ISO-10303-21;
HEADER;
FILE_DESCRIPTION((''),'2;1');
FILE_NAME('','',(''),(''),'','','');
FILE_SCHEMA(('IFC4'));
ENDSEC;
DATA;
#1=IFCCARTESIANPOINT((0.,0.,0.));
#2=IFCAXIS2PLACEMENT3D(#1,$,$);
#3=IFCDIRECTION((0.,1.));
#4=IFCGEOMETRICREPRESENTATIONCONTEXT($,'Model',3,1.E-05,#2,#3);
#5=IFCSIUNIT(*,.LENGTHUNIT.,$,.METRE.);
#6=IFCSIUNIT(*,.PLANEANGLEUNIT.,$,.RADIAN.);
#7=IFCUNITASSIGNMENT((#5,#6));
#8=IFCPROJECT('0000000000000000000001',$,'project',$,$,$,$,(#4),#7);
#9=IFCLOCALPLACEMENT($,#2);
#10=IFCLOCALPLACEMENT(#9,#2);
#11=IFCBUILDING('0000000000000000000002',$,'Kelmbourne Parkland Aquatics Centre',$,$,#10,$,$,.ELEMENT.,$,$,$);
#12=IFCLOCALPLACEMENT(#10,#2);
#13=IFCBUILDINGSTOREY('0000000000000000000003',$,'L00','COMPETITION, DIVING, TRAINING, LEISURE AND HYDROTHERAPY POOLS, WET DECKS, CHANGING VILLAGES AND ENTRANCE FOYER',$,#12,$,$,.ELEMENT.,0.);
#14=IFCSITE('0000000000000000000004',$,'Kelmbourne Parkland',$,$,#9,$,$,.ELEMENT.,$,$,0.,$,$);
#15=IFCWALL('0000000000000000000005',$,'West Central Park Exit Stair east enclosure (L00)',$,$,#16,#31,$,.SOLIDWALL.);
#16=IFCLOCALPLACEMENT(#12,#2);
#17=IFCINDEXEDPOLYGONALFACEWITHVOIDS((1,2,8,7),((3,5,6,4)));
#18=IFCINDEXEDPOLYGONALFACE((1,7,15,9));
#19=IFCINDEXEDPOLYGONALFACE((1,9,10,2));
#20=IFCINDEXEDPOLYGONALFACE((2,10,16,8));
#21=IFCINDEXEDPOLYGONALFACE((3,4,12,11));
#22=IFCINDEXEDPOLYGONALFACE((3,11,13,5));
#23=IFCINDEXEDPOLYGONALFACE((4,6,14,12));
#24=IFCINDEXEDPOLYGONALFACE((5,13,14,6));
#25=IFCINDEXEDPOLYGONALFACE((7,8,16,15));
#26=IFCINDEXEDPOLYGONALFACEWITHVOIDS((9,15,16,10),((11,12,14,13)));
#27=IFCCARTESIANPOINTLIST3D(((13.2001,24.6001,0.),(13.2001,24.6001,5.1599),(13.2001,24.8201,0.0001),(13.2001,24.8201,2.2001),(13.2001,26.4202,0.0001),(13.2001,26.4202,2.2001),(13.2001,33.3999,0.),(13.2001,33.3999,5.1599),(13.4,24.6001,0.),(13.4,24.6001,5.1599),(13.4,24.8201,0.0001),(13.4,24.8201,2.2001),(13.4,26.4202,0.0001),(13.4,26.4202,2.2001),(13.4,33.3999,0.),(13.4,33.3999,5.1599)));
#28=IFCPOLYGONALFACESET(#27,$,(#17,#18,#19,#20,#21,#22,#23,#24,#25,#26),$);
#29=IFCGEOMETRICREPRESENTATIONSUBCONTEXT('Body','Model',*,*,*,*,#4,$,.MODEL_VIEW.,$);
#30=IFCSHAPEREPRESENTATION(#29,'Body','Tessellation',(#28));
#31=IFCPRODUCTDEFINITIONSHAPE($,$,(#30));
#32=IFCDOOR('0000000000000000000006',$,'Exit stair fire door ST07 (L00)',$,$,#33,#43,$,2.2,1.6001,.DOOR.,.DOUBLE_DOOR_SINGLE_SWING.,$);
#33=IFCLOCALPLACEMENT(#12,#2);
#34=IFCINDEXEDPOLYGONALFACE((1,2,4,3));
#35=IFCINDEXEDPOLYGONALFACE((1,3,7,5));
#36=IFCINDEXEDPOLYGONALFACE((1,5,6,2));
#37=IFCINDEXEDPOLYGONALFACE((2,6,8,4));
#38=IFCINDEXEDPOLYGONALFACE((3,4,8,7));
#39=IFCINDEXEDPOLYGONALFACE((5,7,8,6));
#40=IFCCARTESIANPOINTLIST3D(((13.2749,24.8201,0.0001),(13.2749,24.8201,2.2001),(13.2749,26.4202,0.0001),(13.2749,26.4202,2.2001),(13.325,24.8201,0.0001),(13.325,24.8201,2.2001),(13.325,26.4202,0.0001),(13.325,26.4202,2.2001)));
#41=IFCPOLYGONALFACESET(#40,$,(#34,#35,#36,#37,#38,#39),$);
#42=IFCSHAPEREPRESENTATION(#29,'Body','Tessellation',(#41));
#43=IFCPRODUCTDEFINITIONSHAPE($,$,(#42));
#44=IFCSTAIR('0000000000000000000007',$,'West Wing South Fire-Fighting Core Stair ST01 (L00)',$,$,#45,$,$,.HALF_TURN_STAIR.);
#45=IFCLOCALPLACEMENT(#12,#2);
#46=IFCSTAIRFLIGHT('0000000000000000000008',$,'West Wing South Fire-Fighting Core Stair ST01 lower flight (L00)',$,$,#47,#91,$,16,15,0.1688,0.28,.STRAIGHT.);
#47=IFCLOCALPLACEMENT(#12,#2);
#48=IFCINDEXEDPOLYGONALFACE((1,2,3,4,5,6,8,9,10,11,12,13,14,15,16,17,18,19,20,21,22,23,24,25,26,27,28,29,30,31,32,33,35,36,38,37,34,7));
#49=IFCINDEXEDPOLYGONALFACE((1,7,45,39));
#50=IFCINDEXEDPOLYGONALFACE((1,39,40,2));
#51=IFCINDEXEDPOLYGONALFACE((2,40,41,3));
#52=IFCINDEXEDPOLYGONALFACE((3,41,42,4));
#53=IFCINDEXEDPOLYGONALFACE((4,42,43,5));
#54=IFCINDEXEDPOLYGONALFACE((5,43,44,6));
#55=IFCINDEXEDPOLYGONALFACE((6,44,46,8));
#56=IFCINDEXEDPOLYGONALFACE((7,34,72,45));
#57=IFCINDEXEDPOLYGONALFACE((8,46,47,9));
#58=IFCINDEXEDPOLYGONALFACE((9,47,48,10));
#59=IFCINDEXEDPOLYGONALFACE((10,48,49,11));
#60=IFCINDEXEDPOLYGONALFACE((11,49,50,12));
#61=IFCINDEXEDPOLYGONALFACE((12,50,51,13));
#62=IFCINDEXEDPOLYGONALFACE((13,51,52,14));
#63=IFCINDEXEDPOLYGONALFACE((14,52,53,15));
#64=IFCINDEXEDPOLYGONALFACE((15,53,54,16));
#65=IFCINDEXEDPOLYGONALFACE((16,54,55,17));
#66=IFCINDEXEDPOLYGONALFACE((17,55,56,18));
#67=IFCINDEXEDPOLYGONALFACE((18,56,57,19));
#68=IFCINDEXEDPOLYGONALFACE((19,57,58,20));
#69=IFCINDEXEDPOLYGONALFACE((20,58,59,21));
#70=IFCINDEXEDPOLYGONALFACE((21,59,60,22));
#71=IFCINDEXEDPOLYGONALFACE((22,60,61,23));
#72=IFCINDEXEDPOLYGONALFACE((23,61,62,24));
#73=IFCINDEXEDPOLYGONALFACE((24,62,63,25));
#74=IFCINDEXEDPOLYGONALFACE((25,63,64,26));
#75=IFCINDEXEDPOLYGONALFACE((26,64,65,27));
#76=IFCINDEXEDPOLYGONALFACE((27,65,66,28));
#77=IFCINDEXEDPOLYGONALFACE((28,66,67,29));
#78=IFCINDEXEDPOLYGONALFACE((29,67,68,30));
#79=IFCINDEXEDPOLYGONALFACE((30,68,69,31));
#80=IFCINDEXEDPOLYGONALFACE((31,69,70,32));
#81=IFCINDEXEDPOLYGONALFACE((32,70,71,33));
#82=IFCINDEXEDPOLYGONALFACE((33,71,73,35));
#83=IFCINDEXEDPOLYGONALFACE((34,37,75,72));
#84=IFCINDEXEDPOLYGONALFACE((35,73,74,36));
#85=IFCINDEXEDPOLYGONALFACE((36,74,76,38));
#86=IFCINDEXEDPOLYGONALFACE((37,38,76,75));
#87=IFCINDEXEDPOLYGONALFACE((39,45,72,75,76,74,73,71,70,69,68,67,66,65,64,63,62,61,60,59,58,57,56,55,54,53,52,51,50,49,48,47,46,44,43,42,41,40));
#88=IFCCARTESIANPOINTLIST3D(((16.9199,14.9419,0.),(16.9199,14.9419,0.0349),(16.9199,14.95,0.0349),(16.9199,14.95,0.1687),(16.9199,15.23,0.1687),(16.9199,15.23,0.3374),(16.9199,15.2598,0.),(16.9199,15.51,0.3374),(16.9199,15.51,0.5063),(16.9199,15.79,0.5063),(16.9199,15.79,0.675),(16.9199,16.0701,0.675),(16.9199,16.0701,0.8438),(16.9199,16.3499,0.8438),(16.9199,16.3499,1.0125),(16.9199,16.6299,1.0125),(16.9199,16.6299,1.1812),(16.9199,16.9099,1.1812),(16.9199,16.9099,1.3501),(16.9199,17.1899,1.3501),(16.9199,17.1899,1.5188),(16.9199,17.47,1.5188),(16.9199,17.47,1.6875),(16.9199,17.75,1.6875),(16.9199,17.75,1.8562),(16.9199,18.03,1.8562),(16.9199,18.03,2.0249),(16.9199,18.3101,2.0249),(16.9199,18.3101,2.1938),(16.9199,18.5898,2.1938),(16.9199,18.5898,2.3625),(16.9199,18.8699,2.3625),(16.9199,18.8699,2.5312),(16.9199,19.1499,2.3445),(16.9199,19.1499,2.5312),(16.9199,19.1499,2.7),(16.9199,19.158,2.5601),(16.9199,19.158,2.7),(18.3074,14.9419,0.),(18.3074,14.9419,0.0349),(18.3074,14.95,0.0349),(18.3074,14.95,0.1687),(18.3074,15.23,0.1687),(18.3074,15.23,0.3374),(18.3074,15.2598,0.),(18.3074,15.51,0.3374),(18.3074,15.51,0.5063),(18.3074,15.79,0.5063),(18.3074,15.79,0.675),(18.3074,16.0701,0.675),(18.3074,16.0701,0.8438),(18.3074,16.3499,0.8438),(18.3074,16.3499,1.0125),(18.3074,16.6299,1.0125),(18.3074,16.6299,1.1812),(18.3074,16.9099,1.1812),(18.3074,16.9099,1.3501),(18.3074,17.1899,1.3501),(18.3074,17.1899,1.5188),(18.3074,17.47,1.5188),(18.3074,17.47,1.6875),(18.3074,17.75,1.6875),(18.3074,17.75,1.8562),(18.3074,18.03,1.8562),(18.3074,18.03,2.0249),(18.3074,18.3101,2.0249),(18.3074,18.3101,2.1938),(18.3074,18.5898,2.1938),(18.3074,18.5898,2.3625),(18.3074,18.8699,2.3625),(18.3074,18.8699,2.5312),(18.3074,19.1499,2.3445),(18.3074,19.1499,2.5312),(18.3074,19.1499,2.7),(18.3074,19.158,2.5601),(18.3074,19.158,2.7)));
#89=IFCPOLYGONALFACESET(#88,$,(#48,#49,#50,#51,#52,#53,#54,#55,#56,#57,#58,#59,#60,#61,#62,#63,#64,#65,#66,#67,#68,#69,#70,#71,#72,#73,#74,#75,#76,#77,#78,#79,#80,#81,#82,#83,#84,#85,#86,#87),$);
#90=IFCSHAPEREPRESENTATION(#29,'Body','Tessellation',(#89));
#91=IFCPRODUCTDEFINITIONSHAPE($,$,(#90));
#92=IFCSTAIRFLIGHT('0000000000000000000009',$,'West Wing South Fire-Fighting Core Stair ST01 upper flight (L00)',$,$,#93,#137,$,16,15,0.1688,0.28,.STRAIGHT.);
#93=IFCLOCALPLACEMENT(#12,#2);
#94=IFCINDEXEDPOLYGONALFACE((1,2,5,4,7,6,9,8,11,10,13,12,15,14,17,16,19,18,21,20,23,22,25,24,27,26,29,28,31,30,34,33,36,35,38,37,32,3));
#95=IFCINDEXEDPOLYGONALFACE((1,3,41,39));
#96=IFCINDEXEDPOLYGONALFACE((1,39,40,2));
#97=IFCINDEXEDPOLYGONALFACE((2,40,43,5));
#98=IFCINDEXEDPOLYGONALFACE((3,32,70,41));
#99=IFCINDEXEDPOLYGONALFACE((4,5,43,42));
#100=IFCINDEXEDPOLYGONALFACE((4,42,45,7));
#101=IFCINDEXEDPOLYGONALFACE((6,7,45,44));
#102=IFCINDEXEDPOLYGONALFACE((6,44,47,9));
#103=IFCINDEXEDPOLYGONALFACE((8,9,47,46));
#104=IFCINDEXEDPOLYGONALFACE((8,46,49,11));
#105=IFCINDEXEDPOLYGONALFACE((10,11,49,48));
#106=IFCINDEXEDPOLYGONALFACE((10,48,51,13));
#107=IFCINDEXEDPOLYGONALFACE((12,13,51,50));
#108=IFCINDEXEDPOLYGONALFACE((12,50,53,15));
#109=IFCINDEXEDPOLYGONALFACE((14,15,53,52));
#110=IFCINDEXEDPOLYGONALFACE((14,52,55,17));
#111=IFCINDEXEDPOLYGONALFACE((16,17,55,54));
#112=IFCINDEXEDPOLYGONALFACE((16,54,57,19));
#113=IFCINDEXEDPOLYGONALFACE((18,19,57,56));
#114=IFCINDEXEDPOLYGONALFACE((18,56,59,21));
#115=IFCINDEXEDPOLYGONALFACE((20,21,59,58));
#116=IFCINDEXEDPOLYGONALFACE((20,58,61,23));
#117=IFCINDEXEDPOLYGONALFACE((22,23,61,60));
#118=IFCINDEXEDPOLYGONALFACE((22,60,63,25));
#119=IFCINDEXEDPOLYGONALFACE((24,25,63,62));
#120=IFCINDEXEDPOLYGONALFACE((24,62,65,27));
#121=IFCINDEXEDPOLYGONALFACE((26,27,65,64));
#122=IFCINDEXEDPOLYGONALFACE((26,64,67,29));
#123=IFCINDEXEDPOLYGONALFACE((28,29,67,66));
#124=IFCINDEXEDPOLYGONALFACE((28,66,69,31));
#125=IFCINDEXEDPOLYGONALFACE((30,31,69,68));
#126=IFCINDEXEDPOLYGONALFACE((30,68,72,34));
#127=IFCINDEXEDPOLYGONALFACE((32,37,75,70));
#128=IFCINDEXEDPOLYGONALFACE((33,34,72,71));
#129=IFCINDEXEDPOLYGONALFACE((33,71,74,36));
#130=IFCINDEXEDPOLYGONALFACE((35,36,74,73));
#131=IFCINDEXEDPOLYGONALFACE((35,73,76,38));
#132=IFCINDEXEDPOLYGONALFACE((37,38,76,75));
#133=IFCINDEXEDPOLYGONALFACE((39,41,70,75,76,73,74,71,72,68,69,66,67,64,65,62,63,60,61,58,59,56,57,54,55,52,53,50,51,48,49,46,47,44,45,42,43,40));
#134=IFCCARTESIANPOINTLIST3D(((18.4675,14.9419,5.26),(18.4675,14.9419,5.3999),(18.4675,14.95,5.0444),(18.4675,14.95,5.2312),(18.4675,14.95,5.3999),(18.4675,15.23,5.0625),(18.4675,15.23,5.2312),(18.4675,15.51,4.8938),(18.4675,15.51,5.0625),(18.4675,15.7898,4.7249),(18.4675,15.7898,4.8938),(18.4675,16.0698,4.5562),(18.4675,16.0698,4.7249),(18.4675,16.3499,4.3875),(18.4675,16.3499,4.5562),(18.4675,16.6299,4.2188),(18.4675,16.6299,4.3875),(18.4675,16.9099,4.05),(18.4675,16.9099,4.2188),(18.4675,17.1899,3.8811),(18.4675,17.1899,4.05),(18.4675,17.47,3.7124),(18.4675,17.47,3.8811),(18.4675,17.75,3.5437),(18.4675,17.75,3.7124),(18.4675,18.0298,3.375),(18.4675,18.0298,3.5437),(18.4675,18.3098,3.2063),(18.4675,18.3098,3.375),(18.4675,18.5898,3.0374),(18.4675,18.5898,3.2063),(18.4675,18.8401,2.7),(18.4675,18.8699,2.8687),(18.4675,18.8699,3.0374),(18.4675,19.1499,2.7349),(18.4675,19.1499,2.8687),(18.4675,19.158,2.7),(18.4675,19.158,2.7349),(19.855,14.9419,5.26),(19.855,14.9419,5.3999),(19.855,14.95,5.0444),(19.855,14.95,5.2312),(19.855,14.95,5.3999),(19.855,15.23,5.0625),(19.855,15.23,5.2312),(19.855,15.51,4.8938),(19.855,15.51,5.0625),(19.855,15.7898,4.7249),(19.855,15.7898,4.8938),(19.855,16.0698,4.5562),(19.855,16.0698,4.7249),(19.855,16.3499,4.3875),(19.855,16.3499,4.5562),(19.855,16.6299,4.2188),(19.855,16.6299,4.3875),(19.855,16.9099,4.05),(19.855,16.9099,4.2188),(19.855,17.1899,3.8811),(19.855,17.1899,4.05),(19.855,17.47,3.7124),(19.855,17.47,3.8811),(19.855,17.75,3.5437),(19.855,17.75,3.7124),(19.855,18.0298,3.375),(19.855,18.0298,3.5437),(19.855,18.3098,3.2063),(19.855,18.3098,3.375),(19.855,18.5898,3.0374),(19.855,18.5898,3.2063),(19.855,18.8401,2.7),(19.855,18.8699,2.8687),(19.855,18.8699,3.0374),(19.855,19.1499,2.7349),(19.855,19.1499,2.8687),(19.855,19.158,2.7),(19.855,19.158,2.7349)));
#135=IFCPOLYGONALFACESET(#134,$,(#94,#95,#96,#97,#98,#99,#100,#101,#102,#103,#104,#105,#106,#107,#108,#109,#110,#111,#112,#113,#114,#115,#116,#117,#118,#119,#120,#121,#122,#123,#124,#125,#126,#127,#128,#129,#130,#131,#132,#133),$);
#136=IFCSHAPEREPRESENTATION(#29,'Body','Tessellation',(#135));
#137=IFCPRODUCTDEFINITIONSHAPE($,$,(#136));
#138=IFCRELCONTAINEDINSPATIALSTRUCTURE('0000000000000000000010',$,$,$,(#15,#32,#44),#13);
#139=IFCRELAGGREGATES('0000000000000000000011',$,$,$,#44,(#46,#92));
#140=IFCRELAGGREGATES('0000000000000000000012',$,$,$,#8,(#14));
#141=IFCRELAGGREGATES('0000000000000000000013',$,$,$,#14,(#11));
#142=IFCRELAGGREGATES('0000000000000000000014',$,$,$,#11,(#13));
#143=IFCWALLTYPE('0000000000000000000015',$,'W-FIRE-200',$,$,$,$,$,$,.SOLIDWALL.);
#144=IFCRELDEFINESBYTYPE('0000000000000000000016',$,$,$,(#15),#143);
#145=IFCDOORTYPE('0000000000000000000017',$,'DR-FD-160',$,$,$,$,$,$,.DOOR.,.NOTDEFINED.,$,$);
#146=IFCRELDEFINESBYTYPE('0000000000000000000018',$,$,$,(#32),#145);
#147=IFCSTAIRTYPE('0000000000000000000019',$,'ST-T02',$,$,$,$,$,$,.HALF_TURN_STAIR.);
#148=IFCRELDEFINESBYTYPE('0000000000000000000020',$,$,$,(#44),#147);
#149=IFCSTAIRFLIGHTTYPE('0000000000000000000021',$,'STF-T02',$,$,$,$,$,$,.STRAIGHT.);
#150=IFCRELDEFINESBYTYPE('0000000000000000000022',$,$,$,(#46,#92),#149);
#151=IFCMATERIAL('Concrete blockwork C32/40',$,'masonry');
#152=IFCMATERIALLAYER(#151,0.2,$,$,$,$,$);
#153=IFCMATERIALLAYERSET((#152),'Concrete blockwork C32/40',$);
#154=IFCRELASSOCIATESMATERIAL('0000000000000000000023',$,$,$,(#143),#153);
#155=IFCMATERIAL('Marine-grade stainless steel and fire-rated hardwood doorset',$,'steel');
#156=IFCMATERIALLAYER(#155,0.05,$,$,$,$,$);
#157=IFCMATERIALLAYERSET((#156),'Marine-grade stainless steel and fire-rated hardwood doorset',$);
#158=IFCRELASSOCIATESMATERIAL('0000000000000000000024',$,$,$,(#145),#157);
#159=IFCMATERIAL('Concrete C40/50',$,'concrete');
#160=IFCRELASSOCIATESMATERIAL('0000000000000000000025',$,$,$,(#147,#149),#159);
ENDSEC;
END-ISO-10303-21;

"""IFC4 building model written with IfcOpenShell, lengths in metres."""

from ifc_helpers import new_model, si_unit, direction, frame, frame_2d, origin, place, context, subcontext, project, spatial, polyline, rectangle, outline, extrude, material, layer, layer_set, type_object, element, fill, aggregate, save


model = new_model("IFC4")

# Units and contexts
model_context = context("Model", 3, precision=1e-05, world=origin(), true_north=direction((0.0, 1.0)))
body_context = subcontext(model_context, "Body", "Model", "MODEL_VIEW")
ifc_project = project(units=[si_unit("LENGTHUNIT", "METRE"), si_unit("PLANEANGLEUNIT", "RADIAN")], contexts=[model_context])

# Site, building, storey
site_placement = place(None, origin())
site = spatial("IfcSite", under=ifc_project, at=site_placement, Name="Kelmbourne Parkland", CompositionType="ELEMENT", RefElevation=0.0)
building_placement = place(site_placement, origin())
building = spatial("IfcBuilding", under=site, at=building_placement, Name="Kelmbourne Parkland Aquatics Centre", CompositionType="ELEMENT")
storey_placement = place(building_placement, origin())
storey = spatial("IfcBuildingStorey", under=building, at=storey_placement, Name="L00", Description="COMPETITION, DIVING, TRAINING, LEISURE AND HYDROTHERAPY POOLS, WET DECKS, CHANGING VILLAGES AND ENTRANCE FOYER", CompositionType="ELEMENT", Elevation=0.0)

# Shared definitions
ifc_material_1 = material(Name="Concrete C40/50", Category="concrete")

# Wall, opening, door
ifc_material_2 = material(Name="Concrete blockwork C32/40", Category="masonry")
ifc_layer_1 = layer(ifc_material_2, 0.2)
ifc_layer_set_1 = layer_set([ifc_layer_1], Name="Concrete blockwork C32/40")
wall_type_1 = type_object("IfcWallType", Name="W-FIRE-200", PredefinedType="SOLIDWALL", material=ifc_layer_set_1)
ifc_material_3 = material(Name="Marine-grade stainless steel and fire-rated hardwood doorset", Category="steel")
ifc_layer_2 = layer(ifc_material_3, 0.05)
ifc_layer_set_2 = layer_set([ifc_layer_2], Name="Marine-grade stainless steel and fire-rated hardwood doorset")
door_type = type_object("IfcDoorType", Name="DR-FD-160", OperationType="NOTDEFINED", PredefinedType="DOOR", material=ifc_layer_set_2)
wall_1_placement = place(storey_placement, frame((13.3, 24.6001, 0.0), z_axis=(0.0, 0.0, 1.0), x_axis=(0.0, 1.0, 0.0)))
wall_1 = element("IfcWall", 1, at=wall_1_placement, inside=storey, type_object=wall_type_1, Name="West Central Park Exit Stair east enclosure (L00)", PredefinedType="SOLIDWALL", context=body_context, shape_type="SweptSolid", body=[
    extrude(rectangle(XDim=8.7998, YDim=0.2, at=frame_2d((4.3999, 0.0))), origin(), (0.0, 0.0, 1.0), 5.1599),
])
opening_1_placement = place(wall_1_placement, frame((0.22, 0.0, 0.0)))
opening_1 = element("IfcOpeningElement", 2, at=opening_1_placement, cuts=wall_1, PredefinedType="OPENING", context=body_context, shape_type="SweptSolid", body=[
    extrude(rectangle(XDim=1.6001, YDim=2.2, at=frame_2d((0.8, 1.1001))), frame((0.0, 0.1118, 0.0), z_axis=(0.0, -1.0, 0.0), x_axis=(1.0, 0.0, 0.0)), (0.0, 0.0, 1.0), 0.2239),
])
door_1_placement = place(opening_1_placement, frame((1.6001, 0.0, 0.0), z_axis=(0.0, 0.0, 1.0), x_axis=(-1.0, 0.0, 0.0)))
door_1 = element("IfcDoor", 3, at=door_1_placement, inside=storey, type_object=door_type, Name="Exit stair fire door ST07 (L00)", OperationType="DOUBLE_DOOR_SINGLE_SWING", OverallHeight=2.2, OverallWidth=1.6001, PredefinedType="DOOR", context=body_context, shape_type="SweptSolid", body=[
    extrude(rectangle(XDim=1.6001, YDim=2.2, at=frame_2d((0.8, 1.1001))), frame((0.0, 0.0249, 0.0), z_axis=(0.0, -1.0, 0.0), x_axis=(1.0, 0.0, 0.0)), (0.0, 0.0, 1.0), 0.05),
])
fill(opening_1, door_1)

# Stair, stair flights
stair_type_1 = type_object("IfcStairType", Name="ST-T02", PredefinedType="HALF_TURN_STAIR", material=ifc_material_1)
stair_1_placement = place(storey_placement, origin())
stair_1 = element("IfcStair", 4, at=stair_1_placement, inside=storey, type_object=stair_type_1, Name="West Wing South Fire-Fighting Core Stair ST01 (L00)", PredefinedType="HALF_TURN_STAIR")
stair_flight_type_1 = type_object("IfcStairFlightType", Name="STF-T02", PredefinedType="STRAIGHT", material=ifc_material_1)
stair_flight_1_placement = place(storey_placement, frame((17.6138, 14.95, 0.0), z_axis=(0.0, 0.0, 1.0), x_axis=(0.0, 1.0, 0.0)))
stair_flight_1 = element("IfcStairFlight", 5, at=stair_flight_1_placement, type_object=stair_flight_type_1, Name="West Wing South Fire-Fighting Core Stair ST01 lower flight (L00)", NumberOfRisers=16, NumberOfTreads=15, PredefinedType="STRAIGHT", RiserHeight=0.1688, TreadLength=0.28, context=body_context, shape_type="SweptSolid", body=[
    extrude(outline(polyline([(-0.0081, 0.0), (-0.0081, 0.0349), (0.0, 0.0349), (0.0, 0.1687), (0.28, 0.1687), (0.28, 0.3374), (0.5601, 0.3374), (0.5601, 0.5063), (0.8401, 0.5063), (0.8401, 0.675), (1.1201, 0.675), (1.1201, 0.8438), (1.3999, 0.8438), (1.3999, 1.0125), (1.6799, 1.0125), (1.6799, 1.1812), (1.96, 1.1812), (1.96, 1.3501), (2.24, 1.3501), (2.24, 1.5188), (2.52, 1.5188), (2.52, 1.6875), (2.8, 1.6875), (2.8, 1.8562), (3.0801, 1.8562), (3.0801, 2.0249), (3.3601, 2.0249), (3.3601, 2.1938), (3.6399, 2.1938), (3.6399, 2.3625), (3.9199, 2.3625), (3.9199, 2.5312), (4.2, 2.5312), (4.2, 2.7), (4.208, 2.7), (4.208, 2.5601), (4.2, 2.3445), (0.3098, 0.0), (-0.0081, 0.0)])), frame((0.0, 0.6938, 0.0), z_axis=(0.0, -1.0, 0.0), x_axis=(1.0, 0.0, 0.0)), (0.0, 0.0, 1.0), 1.3875),
])
stair_flight_2_placement = place(storey_placement, frame((19.1611, 19.1499, 2.7), z_axis=(0.0, 0.0, 1.0), x_axis=(0.0, -1.0, 0.0)))
stair_flight_2 = element("IfcStairFlight", 6, at=stair_flight_2_placement, type_object=stair_flight_type_1, Name="West Wing South Fire-Fighting Core Stair ST01 upper flight (L00)", NumberOfRisers=16, NumberOfTreads=15, PredefinedType="STRAIGHT", RiserHeight=0.1688, TreadLength=0.28, context=body_context, shape_type="SweptSolid", body=[
    extrude(outline(polyline([(-0.0081, 0.0), (-0.0081, 0.0349), (0.0, 0.0349), (0.0, 0.1687), (0.28, 0.1687), (0.28, 0.3374), (0.5601, 0.3374), (0.5601, 0.5063), (0.8401, 0.5063), (0.8401, 0.675), (1.1201, 0.675), (1.1201, 0.8438), (1.3999, 0.8438), (1.3999, 1.0125), (1.6799, 1.0125), (1.6799, 1.1812), (1.96, 1.1812), (1.96, 1.3501), (2.24, 1.3501), (2.24, 1.5188), (2.52, 1.5188), (2.52, 1.6875), (2.8, 1.6875), (2.8, 1.8562), (3.0801, 1.8562), (3.0801, 2.0249), (3.3601, 2.0249), (3.3601, 2.1938), (3.6399, 2.1938), (3.6399, 2.3625), (3.9199, 2.3625), (3.9199, 2.5312), (4.2, 2.5312), (4.2, 2.7), (4.208, 2.7), (4.208, 2.5601), (4.2, 2.3445), (0.3098, 0.0), (-0.0081, 0.0)])), frame((0.0, 0.6938, 0.0), z_axis=(0.0, -1.0, 0.0), x_axis=(1.0, 0.0, 0.0)), (0.0, 0.0, 1.0), 1.3875),
])
aggregate(stair_1, [stair_flight_1, stair_flight_2])

save(model, "model.ifc")
